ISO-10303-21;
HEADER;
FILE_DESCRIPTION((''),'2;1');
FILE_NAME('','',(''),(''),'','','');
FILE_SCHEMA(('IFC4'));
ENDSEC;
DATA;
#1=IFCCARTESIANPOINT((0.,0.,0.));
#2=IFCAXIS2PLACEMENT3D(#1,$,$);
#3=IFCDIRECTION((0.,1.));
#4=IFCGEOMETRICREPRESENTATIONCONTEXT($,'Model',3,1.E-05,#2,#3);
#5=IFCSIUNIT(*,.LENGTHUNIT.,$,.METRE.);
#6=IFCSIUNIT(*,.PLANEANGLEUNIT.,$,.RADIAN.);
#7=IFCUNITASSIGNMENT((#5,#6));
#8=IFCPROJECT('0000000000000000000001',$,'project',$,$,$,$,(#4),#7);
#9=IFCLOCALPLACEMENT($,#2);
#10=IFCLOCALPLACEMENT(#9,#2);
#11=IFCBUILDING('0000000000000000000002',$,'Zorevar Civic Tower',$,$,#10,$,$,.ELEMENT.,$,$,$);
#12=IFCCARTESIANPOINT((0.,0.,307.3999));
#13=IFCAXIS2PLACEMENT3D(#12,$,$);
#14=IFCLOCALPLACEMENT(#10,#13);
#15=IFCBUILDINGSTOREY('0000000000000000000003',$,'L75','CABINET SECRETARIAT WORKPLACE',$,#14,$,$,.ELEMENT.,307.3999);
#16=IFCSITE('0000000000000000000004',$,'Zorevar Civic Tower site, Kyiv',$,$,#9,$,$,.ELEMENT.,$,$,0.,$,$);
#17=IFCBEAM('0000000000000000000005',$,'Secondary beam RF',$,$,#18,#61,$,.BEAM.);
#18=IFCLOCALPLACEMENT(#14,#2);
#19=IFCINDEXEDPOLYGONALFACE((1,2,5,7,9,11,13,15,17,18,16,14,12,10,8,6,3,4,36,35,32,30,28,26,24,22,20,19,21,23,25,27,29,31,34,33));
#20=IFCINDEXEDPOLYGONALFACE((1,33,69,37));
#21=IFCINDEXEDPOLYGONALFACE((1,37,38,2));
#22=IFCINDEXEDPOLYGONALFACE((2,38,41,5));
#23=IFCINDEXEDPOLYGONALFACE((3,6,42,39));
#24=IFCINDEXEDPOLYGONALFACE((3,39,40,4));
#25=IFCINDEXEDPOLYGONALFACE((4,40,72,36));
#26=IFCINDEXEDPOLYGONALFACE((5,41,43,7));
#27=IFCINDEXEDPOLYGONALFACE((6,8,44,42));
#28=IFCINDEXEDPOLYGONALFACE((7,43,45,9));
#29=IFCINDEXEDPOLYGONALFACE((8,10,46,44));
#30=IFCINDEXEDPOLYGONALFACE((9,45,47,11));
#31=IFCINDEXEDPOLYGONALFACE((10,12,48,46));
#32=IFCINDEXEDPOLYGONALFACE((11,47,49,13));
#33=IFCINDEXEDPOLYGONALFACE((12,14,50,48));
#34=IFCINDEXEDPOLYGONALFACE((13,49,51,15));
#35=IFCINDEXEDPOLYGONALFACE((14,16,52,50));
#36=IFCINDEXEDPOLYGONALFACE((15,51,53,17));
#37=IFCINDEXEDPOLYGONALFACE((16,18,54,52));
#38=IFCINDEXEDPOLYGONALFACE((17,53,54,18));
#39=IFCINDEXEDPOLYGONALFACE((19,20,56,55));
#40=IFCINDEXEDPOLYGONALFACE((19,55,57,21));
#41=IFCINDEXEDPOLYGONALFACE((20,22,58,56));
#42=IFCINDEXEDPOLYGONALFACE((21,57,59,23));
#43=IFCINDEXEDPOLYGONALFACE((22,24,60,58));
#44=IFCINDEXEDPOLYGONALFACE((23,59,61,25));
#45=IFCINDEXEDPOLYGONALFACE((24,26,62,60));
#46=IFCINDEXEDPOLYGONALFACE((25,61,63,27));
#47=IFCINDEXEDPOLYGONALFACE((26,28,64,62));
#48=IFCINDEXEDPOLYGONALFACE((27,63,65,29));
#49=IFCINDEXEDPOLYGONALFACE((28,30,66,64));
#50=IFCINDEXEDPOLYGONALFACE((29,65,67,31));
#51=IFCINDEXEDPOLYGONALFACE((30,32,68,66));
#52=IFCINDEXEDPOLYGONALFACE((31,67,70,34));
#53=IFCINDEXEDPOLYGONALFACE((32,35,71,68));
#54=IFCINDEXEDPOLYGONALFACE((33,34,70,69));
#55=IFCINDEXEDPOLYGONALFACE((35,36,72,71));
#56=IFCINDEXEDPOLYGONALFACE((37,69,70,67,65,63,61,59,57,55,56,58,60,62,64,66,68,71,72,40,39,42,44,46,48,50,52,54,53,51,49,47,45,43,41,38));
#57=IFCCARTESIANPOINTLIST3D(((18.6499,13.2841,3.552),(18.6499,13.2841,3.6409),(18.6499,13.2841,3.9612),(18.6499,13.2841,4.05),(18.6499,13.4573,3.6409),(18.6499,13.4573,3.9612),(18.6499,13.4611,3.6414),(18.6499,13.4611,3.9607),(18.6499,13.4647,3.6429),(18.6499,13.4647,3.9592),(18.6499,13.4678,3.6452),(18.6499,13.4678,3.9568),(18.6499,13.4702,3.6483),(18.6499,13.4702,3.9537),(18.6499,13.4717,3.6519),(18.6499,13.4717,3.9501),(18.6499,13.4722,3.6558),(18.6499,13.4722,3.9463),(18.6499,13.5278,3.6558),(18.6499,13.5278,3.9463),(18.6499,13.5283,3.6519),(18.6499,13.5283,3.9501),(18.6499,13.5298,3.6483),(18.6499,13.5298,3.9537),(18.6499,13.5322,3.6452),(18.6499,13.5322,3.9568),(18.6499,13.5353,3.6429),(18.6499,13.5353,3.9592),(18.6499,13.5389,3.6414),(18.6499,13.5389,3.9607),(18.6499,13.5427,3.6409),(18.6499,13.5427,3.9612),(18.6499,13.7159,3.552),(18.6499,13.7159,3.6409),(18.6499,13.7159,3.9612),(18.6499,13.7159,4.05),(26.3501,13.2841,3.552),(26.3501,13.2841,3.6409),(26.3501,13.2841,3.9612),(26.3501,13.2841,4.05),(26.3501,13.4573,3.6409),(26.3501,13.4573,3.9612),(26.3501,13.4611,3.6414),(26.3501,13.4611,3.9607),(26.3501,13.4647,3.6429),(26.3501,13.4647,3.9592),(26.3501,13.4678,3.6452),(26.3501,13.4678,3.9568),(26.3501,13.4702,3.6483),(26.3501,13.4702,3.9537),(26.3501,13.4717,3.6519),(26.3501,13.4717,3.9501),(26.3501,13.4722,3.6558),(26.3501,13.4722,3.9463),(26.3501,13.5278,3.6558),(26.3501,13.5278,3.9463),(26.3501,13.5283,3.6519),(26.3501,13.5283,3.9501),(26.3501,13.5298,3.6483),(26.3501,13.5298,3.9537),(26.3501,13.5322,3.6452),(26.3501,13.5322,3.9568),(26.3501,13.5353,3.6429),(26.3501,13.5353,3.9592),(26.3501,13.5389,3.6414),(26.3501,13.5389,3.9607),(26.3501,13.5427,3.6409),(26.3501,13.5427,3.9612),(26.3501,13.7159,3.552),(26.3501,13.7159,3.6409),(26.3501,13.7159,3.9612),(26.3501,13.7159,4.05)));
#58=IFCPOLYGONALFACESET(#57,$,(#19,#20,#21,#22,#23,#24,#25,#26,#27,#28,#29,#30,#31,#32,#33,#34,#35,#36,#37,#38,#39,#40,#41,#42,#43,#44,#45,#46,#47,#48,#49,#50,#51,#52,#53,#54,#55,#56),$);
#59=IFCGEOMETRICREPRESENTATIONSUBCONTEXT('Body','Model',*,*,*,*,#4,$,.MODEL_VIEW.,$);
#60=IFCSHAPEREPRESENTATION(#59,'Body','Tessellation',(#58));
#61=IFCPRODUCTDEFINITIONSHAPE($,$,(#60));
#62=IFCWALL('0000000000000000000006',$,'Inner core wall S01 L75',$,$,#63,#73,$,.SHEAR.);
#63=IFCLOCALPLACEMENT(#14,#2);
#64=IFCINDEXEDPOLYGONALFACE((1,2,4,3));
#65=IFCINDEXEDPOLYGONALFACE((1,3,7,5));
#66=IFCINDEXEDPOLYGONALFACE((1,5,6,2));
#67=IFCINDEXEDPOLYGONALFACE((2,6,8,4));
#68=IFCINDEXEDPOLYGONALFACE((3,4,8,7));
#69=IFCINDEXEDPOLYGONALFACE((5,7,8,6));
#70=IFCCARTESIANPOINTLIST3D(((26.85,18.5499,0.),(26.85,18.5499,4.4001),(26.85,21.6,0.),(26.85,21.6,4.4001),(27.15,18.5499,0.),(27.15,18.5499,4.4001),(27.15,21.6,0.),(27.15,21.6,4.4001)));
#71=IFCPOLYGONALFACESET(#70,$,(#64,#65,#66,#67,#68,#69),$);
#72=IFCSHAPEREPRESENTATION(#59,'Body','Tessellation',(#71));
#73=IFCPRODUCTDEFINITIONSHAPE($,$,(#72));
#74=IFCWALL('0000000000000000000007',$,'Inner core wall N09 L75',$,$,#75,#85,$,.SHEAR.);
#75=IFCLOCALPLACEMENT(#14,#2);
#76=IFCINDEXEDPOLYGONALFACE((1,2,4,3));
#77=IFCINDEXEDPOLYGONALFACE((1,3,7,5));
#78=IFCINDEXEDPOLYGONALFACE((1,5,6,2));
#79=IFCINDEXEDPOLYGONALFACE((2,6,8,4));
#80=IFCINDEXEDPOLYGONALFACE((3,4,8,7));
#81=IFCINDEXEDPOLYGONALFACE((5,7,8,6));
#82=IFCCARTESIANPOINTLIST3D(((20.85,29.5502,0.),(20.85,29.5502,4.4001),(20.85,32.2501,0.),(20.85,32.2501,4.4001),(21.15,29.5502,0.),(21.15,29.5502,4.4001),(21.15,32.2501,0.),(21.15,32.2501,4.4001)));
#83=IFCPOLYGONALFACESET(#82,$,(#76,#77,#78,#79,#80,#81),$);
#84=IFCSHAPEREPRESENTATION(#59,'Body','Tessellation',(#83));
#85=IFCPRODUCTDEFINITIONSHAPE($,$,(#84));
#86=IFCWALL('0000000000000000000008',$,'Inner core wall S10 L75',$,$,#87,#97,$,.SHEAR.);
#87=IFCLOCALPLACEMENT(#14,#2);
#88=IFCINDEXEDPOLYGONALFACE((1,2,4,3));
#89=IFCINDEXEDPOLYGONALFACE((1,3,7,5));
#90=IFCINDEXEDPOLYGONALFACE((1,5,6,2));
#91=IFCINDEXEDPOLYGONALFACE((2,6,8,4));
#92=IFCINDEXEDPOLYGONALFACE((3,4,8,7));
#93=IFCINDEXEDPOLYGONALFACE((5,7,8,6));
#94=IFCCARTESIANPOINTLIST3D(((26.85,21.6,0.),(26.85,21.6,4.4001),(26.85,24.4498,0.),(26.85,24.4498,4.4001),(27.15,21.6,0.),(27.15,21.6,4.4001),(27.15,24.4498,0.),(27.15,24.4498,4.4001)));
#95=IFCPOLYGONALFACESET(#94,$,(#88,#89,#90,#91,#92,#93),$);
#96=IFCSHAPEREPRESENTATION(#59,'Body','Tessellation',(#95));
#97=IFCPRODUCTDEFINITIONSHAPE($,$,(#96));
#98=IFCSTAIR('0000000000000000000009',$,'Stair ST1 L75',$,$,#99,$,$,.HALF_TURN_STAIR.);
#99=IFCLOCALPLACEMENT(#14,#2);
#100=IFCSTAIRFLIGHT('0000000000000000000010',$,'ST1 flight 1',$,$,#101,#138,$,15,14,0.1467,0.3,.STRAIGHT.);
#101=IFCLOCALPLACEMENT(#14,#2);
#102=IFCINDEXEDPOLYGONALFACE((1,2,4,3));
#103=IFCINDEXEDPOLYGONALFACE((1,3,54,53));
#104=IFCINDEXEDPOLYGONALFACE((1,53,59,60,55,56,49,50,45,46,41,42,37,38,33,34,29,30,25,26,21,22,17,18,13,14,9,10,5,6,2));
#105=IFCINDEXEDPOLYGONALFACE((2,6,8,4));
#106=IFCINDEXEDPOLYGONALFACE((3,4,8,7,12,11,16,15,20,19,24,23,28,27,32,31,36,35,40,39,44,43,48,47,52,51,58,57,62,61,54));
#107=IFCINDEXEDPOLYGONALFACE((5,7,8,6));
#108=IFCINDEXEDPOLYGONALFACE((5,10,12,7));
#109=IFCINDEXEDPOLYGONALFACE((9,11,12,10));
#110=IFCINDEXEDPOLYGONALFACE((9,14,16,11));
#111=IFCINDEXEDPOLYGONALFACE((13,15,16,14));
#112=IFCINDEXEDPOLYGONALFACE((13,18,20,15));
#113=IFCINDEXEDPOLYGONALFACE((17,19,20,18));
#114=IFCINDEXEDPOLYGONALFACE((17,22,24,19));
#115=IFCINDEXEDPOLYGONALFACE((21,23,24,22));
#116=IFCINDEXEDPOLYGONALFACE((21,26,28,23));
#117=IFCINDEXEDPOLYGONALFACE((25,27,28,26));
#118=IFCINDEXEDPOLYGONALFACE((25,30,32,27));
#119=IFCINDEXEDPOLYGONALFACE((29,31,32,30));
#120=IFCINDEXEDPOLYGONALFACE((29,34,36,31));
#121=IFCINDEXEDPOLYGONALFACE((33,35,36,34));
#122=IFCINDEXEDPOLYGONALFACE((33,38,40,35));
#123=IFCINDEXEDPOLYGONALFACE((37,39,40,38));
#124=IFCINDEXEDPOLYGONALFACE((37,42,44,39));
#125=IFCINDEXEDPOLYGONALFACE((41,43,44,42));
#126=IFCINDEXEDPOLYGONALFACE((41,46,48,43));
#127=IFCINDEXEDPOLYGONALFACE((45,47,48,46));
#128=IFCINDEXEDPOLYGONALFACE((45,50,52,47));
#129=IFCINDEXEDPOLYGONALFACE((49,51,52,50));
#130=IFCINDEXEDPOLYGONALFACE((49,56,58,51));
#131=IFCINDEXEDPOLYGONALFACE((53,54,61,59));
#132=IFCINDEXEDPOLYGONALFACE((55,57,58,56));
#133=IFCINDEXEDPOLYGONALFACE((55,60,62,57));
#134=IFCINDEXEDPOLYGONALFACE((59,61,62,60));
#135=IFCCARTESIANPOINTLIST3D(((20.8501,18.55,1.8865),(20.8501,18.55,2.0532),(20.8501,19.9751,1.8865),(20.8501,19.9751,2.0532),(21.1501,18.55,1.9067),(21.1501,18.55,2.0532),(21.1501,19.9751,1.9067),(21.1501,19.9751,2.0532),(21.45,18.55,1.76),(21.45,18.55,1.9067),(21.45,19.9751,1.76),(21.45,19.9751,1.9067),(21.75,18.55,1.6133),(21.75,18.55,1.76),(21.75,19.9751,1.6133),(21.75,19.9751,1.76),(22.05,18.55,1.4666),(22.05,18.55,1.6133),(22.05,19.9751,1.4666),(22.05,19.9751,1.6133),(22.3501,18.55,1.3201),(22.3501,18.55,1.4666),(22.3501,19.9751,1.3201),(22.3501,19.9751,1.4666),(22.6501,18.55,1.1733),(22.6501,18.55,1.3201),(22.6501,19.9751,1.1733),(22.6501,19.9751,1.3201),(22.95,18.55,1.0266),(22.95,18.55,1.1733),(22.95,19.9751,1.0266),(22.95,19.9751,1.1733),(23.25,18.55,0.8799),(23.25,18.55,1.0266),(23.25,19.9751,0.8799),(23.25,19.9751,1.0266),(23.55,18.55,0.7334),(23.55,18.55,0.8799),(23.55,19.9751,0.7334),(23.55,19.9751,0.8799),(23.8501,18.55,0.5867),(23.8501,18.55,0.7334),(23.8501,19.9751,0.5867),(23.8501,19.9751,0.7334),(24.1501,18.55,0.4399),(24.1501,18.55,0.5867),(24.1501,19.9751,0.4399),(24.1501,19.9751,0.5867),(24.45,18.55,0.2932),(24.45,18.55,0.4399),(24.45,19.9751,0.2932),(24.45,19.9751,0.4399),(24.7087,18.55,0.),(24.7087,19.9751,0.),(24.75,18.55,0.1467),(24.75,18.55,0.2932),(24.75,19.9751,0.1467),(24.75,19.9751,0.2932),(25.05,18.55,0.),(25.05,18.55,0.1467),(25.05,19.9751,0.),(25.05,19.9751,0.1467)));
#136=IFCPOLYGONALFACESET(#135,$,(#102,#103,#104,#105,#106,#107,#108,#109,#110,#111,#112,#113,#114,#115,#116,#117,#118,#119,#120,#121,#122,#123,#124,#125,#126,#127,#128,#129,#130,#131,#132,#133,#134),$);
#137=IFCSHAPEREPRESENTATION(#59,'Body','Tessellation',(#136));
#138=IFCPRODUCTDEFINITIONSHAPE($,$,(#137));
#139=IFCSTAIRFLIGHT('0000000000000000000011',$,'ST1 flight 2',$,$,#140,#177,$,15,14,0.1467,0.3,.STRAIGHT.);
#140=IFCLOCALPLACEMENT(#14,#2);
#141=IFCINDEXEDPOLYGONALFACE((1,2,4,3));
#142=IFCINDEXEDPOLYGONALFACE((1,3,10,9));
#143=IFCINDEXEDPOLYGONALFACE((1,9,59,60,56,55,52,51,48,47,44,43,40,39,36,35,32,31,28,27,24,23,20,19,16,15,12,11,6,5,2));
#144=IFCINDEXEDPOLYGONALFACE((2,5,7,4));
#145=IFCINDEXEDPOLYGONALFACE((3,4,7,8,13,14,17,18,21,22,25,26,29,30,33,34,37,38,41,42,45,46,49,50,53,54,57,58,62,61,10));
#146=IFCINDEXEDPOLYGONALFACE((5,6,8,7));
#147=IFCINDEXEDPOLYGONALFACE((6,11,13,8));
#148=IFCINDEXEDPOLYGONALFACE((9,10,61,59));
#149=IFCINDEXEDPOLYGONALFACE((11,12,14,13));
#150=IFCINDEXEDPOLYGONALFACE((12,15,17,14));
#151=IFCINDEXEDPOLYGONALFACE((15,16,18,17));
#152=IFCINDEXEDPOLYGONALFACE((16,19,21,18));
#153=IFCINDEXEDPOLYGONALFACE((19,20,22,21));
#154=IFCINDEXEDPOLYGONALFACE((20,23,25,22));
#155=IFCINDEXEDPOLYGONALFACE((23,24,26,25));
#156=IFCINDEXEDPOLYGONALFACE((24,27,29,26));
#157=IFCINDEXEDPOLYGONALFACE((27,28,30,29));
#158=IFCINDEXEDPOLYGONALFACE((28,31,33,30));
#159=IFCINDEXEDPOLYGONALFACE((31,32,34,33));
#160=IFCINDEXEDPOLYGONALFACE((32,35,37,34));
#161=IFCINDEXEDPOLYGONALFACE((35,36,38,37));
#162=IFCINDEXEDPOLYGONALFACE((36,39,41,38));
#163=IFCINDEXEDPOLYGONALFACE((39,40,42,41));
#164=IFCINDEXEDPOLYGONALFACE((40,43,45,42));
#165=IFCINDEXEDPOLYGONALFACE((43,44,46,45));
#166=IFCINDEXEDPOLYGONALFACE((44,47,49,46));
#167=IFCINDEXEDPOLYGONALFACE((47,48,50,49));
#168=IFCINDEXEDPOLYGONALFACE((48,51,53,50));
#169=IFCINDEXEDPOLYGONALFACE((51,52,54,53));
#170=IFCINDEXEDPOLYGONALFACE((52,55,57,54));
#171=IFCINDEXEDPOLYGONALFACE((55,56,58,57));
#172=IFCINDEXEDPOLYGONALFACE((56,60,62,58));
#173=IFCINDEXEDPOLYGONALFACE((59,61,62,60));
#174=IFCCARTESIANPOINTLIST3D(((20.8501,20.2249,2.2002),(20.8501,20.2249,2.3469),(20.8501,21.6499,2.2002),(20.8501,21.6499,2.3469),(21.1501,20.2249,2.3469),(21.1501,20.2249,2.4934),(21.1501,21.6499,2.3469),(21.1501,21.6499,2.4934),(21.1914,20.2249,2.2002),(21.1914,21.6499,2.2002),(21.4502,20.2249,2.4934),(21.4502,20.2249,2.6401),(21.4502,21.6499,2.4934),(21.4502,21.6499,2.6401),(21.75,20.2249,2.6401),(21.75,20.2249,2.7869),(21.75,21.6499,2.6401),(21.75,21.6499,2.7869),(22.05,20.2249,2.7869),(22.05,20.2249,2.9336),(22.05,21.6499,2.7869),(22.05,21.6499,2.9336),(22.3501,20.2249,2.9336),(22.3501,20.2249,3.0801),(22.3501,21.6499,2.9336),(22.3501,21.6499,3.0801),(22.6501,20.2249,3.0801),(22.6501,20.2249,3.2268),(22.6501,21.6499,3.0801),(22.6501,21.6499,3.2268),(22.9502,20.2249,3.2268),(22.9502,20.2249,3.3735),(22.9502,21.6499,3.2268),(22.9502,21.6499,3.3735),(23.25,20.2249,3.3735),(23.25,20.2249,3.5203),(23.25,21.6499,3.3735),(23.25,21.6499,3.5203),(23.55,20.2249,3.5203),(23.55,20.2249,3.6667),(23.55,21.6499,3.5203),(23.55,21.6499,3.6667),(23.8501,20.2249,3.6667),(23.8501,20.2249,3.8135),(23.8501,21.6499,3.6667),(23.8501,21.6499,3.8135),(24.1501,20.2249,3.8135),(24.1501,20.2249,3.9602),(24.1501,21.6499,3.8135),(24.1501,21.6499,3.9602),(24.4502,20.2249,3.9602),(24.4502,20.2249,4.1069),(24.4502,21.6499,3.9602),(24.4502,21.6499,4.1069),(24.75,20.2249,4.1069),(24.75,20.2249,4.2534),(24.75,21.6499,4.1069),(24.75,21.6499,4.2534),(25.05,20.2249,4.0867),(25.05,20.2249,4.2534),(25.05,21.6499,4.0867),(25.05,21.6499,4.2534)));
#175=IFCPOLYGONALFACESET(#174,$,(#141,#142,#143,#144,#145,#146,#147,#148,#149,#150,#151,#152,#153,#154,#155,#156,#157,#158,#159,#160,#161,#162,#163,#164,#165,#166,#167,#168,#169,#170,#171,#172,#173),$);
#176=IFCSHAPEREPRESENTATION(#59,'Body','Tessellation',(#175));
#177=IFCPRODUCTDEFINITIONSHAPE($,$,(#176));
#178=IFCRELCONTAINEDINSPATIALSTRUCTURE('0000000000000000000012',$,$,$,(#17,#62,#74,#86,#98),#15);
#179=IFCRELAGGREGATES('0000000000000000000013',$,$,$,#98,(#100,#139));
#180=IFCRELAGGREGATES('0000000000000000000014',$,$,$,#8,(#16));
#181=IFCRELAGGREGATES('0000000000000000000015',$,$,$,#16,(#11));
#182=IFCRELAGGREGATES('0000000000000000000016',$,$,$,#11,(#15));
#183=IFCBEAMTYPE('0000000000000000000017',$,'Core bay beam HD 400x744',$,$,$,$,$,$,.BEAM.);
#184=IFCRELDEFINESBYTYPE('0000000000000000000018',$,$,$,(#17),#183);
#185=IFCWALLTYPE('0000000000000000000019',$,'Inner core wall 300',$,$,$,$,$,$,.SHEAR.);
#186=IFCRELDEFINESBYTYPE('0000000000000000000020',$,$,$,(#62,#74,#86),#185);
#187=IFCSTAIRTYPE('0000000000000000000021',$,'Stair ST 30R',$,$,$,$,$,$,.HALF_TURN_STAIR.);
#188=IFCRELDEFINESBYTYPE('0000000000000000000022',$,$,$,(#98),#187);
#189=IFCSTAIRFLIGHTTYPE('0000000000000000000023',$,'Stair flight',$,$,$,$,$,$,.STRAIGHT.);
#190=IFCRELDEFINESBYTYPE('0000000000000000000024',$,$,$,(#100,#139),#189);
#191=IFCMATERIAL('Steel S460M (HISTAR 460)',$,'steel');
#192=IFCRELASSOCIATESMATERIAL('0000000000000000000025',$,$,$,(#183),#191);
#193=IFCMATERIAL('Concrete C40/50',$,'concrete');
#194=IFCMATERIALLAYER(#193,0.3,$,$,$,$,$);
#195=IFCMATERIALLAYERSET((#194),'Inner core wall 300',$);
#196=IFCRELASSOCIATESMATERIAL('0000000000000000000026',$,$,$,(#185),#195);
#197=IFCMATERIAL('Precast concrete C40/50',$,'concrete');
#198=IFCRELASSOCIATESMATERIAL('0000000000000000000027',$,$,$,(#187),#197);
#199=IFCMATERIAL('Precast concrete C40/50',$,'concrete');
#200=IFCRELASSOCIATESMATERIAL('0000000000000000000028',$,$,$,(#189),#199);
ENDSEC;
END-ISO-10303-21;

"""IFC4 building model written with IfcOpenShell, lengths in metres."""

from ifc_helpers import new_model, si_unit, direction, frame, frame_2d, origin, origin_2d, place, context, subcontext, project, spatial, polyline, rectangle, i_section, outline, extrude, material, layer, layer_set, material_profile, profile_set, type_object, element, aggregate, save


model = new_model("IFC4")

# Units and contexts
model_context = context("Model", 3, precision=1e-05, world=origin(), true_north=direction((0.0, 1.0)))
body_context = subcontext(model_context, "Body", "Model", "MODEL_VIEW")
ifc_project = project(units=[si_unit("LENGTHUNIT", "METRE"), si_unit("PLANEANGLEUNIT", "RADIAN")], contexts=[model_context])

# Site, building, storey
site_placement = place(None, origin())
site = spatial("IfcSite", under=ifc_project, at=site_placement, Name="Zorevar Civic Tower site, Kyiv", CompositionType="ELEMENT", RefElevation=0.0)
building_placement = place(site_placement, origin())
building = spatial("IfcBuilding", under=site, at=building_placement, Name="Zorevar Civic Tower", CompositionType="ELEMENT")
storey_placement = place(building_placement, frame((0.0, 0.0, 307.3999)))
storey = spatial("IfcBuildingStorey", under=building, at=storey_placement, Name="L75", Description="CABINET SECRETARIAT WORKPLACE", CompositionType="ELEMENT", Elevation=307.3999)

# Beam
ifc_material_1 = material(Name="Steel S460M (HISTAR 460)", Category="steel")
ifc_material_profile = material_profile(ifc_material_1, i_section(OverallWidth=0.4319, OverallDepth=0.498, WebThickness=0.0557, FlangeThickness=0.0889, FilletRadius=0.0149, at=origin_2d()), Name="HD 400x744")
ifc_profile_set = profile_set([ifc_material_profile], Name="Steel S460M (HISTAR 460)")
beam_type = type_object("IfcBeamType", Name="Core bay beam HD 400x744", PredefinedType="BEAM", material=ifc_profile_set)
beam_placement = place(storey_placement, frame((18.6499, 13.5, 3.801), z_axis=(1.0, 0.0, 0.0), x_axis=(0.0, 1.0, 0.0)))
element("IfcBeam", 1, at=beam_placement, inside=storey, type_object=beam_type, Name="Secondary beam RF", PredefinedType="BEAM", context=body_context, shape_type="SweptSolid", body=[
    extrude(i_section(OverallWidth=0.4319, OverallDepth=0.498, WebThickness=0.0557, FlangeThickness=0.0889, FilletRadius=0.0149, at=origin_2d()), origin(), (0.0, 0.0, 1.0), 7.7002),
])

# Wall
ifc_material_2 = material(Name="Concrete C40/50", Category="concrete")
ifc_layer = layer(ifc_material_2, 0.3)
ifc_layer_set = layer_set([ifc_layer], Name="Inner core wall 300")
wall_type = type_object("IfcWallType", Name="Inner core wall 300", PredefinedType="SHEAR", material=ifc_layer_set)
wall_1_placement = place(storey_placement, frame((27.0, 18.55, 0.0), z_axis=(0.0, 0.0, 1.0), x_axis=(0.0, 1.0, 0.0)))
element("IfcWall", 2, at=wall_1_placement, inside=storey, type_object=wall_type, Name="Inner core wall S01 L75", PredefinedType="SHEAR", context=body_context, shape_type="SweptSolid", body=[
    extrude(rectangle(XDim=3.05, YDim=0.3, at=frame_2d((1.5249, 0.0))), origin(), (0.0, 0.0, 1.0), 4.4001),
])

# Walls
wall_2_placement = place(storey_placement, frame((21.0, 29.55, 0.0), z_axis=(0.0, 0.0, 1.0), x_axis=(0.0, 1.0, 0.0)))
element("IfcWall", 3, at=wall_2_placement, inside=storey, type_object=wall_type, Name="Inner core wall N09 L75", PredefinedType="SHEAR", context=body_context, shape_type="SweptSolid", body=[
    extrude(rectangle(XDim=2.7, YDim=0.3, at=frame_2d((1.3501, 0.0))), origin(), (0.0, 0.0, 1.0), 4.4001),
])
wall_3_placement = place(storey_placement, frame((27.0, 21.6001, 0.0), z_axis=(0.0, 0.0, 1.0), x_axis=(0.0, 1.0, 0.0)))
element("IfcWall", 4, at=wall_3_placement, inside=storey, type_object=wall_type, Name="Inner core wall S10 L75", PredefinedType="SHEAR", context=body_context, shape_type="SweptSolid", body=[
    extrude(rectangle(XDim=2.8499, YDim=0.3, at=frame_2d((1.4248, 0.0))), origin(), (0.0, 0.0, 1.0), 4.4001),
])

# Stair, stair flights
ifc_material_3 = material(Name="Precast concrete C40/50", Category="concrete")
stair_type = type_object("IfcStairType", Name="Stair ST 30R", PredefinedType="HALF_TURN_STAIR", material=ifc_material_3)
stair_placement = place(storey_placement, origin())
stair = element("IfcStair", 5, at=stair_placement, inside=storey, type_object=stair_type, Name="Stair ST1 L75", PredefinedType="HALF_TURN_STAIR")
ifc_material_4 = material(Name="Precast concrete C40/50", Category="concrete")
stair_flight_type = type_object("IfcStairFlightType", Name="Stair flight", PredefinedType="STRAIGHT", material=ifc_material_4)
stair_flight_1_placement = place(storey_placement, frame((25.05, 19.2625, 0.0), z_axis=(0.0, 0.0, 1.0), x_axis=(-1.0, 0.0, 0.0)))
stair_flight_1 = element("IfcStairFlight", 6, at=stair_flight_1_placement, type_object=stair_flight_type, Name="ST1 flight 1", NumberOfRisers=15, NumberOfTreads=14, PredefinedType="STRAIGHT", RiserHeight=0.1467, TreadLength=0.3, context=body_context, shape_type="SweptSolid", body=[
    extrude(outline(polyline([(0.0, 0.0), (0.0, 0.1467), (0.3, 0.1467), (0.3, 0.2932), (0.6001, 0.2932), (0.6001, 0.4399), (0.8999, 0.4399), (0.8999, 0.5867), (1.2, 0.5867), (1.2, 0.7334), (1.5, 0.7334), (1.5, 0.8799), (1.8, 0.8799), (1.8, 1.0266), (2.1001, 1.0266), (2.1001, 1.1733), (2.3999, 1.1733), (2.3999, 1.3201), (2.7, 1.3201), (2.7, 1.4666), (3.0, 1.4666), (3.0, 1.6133), (3.3, 1.6133), (3.3, 1.76), (3.6001, 1.76), (3.6001, 1.9067), (3.8999, 1.9067), (3.8999, 2.0532), (4.2, 2.0532), (4.2, 2.2), (4.2, 1.8865), (0.3413, 0.0), (0.0, 0.0)])), frame((0.0, 0.7124, 0.0), z_axis=(0.0, -1.0, 0.0), x_axis=(1.0, 0.0, 0.0)), (0.0, 0.0, 1.0), 1.425),
])
stair_flight_2_placement = place(storey_placement, frame((20.8501, 20.9375, 2.2002), z_axis=(0.0, 0.0, 1.0), x_axis=(1.0, 0.0, 0.0)))
stair_flight_2 = element("IfcStairFlight", 7, at=stair_flight_2_placement, type_object=stair_flight_type, Name="ST1 flight 2", NumberOfRisers=15, NumberOfTreads=14, PredefinedType="STRAIGHT", RiserHeight=0.1467, TreadLength=0.3, context=body_context, shape_type="SweptSolid", body=[
    extrude(outline(polyline([(0.0, 0.0), (0.0, 0.1467), (0.3, 0.1467), (0.3, 0.2932), (0.6001, 0.2932), (0.6001, 0.4399), (0.8999, 0.4399), (0.8999, 0.5867), (1.2, 0.5867), (1.2, 0.7334), (1.5, 0.7334), (1.5, 0.8799), (1.8, 0.8799), (1.8, 1.0266), (2.1001, 1.0266), (2.1001, 1.1733), (2.3999, 1.1733), (2.3999, 1.3201), (2.7, 1.3201), (2.7, 1.4666), (3.0, 1.4666), (3.0, 1.6133), (3.3, 1.6133), (3.3, 1.76), (3.6001, 1.76), (3.6001, 1.9067), (3.8999, 1.9067), (3.8999, 2.0532), (4.2, 2.0532), (4.2, 2.2), (4.2, 1.8865), (0.3413, 0.0), (0.0, 0.0)])), frame((0.0, 0.7124, 0.0), z_axis=(0.0, -1.0, 0.0), x_axis=(1.0, 0.0, 0.0)), (0.0, 0.0, 1.0), 1.425),
])
aggregate(stair, [stair_flight_1, stair_flight_2])

save(model, "model.ifc")
